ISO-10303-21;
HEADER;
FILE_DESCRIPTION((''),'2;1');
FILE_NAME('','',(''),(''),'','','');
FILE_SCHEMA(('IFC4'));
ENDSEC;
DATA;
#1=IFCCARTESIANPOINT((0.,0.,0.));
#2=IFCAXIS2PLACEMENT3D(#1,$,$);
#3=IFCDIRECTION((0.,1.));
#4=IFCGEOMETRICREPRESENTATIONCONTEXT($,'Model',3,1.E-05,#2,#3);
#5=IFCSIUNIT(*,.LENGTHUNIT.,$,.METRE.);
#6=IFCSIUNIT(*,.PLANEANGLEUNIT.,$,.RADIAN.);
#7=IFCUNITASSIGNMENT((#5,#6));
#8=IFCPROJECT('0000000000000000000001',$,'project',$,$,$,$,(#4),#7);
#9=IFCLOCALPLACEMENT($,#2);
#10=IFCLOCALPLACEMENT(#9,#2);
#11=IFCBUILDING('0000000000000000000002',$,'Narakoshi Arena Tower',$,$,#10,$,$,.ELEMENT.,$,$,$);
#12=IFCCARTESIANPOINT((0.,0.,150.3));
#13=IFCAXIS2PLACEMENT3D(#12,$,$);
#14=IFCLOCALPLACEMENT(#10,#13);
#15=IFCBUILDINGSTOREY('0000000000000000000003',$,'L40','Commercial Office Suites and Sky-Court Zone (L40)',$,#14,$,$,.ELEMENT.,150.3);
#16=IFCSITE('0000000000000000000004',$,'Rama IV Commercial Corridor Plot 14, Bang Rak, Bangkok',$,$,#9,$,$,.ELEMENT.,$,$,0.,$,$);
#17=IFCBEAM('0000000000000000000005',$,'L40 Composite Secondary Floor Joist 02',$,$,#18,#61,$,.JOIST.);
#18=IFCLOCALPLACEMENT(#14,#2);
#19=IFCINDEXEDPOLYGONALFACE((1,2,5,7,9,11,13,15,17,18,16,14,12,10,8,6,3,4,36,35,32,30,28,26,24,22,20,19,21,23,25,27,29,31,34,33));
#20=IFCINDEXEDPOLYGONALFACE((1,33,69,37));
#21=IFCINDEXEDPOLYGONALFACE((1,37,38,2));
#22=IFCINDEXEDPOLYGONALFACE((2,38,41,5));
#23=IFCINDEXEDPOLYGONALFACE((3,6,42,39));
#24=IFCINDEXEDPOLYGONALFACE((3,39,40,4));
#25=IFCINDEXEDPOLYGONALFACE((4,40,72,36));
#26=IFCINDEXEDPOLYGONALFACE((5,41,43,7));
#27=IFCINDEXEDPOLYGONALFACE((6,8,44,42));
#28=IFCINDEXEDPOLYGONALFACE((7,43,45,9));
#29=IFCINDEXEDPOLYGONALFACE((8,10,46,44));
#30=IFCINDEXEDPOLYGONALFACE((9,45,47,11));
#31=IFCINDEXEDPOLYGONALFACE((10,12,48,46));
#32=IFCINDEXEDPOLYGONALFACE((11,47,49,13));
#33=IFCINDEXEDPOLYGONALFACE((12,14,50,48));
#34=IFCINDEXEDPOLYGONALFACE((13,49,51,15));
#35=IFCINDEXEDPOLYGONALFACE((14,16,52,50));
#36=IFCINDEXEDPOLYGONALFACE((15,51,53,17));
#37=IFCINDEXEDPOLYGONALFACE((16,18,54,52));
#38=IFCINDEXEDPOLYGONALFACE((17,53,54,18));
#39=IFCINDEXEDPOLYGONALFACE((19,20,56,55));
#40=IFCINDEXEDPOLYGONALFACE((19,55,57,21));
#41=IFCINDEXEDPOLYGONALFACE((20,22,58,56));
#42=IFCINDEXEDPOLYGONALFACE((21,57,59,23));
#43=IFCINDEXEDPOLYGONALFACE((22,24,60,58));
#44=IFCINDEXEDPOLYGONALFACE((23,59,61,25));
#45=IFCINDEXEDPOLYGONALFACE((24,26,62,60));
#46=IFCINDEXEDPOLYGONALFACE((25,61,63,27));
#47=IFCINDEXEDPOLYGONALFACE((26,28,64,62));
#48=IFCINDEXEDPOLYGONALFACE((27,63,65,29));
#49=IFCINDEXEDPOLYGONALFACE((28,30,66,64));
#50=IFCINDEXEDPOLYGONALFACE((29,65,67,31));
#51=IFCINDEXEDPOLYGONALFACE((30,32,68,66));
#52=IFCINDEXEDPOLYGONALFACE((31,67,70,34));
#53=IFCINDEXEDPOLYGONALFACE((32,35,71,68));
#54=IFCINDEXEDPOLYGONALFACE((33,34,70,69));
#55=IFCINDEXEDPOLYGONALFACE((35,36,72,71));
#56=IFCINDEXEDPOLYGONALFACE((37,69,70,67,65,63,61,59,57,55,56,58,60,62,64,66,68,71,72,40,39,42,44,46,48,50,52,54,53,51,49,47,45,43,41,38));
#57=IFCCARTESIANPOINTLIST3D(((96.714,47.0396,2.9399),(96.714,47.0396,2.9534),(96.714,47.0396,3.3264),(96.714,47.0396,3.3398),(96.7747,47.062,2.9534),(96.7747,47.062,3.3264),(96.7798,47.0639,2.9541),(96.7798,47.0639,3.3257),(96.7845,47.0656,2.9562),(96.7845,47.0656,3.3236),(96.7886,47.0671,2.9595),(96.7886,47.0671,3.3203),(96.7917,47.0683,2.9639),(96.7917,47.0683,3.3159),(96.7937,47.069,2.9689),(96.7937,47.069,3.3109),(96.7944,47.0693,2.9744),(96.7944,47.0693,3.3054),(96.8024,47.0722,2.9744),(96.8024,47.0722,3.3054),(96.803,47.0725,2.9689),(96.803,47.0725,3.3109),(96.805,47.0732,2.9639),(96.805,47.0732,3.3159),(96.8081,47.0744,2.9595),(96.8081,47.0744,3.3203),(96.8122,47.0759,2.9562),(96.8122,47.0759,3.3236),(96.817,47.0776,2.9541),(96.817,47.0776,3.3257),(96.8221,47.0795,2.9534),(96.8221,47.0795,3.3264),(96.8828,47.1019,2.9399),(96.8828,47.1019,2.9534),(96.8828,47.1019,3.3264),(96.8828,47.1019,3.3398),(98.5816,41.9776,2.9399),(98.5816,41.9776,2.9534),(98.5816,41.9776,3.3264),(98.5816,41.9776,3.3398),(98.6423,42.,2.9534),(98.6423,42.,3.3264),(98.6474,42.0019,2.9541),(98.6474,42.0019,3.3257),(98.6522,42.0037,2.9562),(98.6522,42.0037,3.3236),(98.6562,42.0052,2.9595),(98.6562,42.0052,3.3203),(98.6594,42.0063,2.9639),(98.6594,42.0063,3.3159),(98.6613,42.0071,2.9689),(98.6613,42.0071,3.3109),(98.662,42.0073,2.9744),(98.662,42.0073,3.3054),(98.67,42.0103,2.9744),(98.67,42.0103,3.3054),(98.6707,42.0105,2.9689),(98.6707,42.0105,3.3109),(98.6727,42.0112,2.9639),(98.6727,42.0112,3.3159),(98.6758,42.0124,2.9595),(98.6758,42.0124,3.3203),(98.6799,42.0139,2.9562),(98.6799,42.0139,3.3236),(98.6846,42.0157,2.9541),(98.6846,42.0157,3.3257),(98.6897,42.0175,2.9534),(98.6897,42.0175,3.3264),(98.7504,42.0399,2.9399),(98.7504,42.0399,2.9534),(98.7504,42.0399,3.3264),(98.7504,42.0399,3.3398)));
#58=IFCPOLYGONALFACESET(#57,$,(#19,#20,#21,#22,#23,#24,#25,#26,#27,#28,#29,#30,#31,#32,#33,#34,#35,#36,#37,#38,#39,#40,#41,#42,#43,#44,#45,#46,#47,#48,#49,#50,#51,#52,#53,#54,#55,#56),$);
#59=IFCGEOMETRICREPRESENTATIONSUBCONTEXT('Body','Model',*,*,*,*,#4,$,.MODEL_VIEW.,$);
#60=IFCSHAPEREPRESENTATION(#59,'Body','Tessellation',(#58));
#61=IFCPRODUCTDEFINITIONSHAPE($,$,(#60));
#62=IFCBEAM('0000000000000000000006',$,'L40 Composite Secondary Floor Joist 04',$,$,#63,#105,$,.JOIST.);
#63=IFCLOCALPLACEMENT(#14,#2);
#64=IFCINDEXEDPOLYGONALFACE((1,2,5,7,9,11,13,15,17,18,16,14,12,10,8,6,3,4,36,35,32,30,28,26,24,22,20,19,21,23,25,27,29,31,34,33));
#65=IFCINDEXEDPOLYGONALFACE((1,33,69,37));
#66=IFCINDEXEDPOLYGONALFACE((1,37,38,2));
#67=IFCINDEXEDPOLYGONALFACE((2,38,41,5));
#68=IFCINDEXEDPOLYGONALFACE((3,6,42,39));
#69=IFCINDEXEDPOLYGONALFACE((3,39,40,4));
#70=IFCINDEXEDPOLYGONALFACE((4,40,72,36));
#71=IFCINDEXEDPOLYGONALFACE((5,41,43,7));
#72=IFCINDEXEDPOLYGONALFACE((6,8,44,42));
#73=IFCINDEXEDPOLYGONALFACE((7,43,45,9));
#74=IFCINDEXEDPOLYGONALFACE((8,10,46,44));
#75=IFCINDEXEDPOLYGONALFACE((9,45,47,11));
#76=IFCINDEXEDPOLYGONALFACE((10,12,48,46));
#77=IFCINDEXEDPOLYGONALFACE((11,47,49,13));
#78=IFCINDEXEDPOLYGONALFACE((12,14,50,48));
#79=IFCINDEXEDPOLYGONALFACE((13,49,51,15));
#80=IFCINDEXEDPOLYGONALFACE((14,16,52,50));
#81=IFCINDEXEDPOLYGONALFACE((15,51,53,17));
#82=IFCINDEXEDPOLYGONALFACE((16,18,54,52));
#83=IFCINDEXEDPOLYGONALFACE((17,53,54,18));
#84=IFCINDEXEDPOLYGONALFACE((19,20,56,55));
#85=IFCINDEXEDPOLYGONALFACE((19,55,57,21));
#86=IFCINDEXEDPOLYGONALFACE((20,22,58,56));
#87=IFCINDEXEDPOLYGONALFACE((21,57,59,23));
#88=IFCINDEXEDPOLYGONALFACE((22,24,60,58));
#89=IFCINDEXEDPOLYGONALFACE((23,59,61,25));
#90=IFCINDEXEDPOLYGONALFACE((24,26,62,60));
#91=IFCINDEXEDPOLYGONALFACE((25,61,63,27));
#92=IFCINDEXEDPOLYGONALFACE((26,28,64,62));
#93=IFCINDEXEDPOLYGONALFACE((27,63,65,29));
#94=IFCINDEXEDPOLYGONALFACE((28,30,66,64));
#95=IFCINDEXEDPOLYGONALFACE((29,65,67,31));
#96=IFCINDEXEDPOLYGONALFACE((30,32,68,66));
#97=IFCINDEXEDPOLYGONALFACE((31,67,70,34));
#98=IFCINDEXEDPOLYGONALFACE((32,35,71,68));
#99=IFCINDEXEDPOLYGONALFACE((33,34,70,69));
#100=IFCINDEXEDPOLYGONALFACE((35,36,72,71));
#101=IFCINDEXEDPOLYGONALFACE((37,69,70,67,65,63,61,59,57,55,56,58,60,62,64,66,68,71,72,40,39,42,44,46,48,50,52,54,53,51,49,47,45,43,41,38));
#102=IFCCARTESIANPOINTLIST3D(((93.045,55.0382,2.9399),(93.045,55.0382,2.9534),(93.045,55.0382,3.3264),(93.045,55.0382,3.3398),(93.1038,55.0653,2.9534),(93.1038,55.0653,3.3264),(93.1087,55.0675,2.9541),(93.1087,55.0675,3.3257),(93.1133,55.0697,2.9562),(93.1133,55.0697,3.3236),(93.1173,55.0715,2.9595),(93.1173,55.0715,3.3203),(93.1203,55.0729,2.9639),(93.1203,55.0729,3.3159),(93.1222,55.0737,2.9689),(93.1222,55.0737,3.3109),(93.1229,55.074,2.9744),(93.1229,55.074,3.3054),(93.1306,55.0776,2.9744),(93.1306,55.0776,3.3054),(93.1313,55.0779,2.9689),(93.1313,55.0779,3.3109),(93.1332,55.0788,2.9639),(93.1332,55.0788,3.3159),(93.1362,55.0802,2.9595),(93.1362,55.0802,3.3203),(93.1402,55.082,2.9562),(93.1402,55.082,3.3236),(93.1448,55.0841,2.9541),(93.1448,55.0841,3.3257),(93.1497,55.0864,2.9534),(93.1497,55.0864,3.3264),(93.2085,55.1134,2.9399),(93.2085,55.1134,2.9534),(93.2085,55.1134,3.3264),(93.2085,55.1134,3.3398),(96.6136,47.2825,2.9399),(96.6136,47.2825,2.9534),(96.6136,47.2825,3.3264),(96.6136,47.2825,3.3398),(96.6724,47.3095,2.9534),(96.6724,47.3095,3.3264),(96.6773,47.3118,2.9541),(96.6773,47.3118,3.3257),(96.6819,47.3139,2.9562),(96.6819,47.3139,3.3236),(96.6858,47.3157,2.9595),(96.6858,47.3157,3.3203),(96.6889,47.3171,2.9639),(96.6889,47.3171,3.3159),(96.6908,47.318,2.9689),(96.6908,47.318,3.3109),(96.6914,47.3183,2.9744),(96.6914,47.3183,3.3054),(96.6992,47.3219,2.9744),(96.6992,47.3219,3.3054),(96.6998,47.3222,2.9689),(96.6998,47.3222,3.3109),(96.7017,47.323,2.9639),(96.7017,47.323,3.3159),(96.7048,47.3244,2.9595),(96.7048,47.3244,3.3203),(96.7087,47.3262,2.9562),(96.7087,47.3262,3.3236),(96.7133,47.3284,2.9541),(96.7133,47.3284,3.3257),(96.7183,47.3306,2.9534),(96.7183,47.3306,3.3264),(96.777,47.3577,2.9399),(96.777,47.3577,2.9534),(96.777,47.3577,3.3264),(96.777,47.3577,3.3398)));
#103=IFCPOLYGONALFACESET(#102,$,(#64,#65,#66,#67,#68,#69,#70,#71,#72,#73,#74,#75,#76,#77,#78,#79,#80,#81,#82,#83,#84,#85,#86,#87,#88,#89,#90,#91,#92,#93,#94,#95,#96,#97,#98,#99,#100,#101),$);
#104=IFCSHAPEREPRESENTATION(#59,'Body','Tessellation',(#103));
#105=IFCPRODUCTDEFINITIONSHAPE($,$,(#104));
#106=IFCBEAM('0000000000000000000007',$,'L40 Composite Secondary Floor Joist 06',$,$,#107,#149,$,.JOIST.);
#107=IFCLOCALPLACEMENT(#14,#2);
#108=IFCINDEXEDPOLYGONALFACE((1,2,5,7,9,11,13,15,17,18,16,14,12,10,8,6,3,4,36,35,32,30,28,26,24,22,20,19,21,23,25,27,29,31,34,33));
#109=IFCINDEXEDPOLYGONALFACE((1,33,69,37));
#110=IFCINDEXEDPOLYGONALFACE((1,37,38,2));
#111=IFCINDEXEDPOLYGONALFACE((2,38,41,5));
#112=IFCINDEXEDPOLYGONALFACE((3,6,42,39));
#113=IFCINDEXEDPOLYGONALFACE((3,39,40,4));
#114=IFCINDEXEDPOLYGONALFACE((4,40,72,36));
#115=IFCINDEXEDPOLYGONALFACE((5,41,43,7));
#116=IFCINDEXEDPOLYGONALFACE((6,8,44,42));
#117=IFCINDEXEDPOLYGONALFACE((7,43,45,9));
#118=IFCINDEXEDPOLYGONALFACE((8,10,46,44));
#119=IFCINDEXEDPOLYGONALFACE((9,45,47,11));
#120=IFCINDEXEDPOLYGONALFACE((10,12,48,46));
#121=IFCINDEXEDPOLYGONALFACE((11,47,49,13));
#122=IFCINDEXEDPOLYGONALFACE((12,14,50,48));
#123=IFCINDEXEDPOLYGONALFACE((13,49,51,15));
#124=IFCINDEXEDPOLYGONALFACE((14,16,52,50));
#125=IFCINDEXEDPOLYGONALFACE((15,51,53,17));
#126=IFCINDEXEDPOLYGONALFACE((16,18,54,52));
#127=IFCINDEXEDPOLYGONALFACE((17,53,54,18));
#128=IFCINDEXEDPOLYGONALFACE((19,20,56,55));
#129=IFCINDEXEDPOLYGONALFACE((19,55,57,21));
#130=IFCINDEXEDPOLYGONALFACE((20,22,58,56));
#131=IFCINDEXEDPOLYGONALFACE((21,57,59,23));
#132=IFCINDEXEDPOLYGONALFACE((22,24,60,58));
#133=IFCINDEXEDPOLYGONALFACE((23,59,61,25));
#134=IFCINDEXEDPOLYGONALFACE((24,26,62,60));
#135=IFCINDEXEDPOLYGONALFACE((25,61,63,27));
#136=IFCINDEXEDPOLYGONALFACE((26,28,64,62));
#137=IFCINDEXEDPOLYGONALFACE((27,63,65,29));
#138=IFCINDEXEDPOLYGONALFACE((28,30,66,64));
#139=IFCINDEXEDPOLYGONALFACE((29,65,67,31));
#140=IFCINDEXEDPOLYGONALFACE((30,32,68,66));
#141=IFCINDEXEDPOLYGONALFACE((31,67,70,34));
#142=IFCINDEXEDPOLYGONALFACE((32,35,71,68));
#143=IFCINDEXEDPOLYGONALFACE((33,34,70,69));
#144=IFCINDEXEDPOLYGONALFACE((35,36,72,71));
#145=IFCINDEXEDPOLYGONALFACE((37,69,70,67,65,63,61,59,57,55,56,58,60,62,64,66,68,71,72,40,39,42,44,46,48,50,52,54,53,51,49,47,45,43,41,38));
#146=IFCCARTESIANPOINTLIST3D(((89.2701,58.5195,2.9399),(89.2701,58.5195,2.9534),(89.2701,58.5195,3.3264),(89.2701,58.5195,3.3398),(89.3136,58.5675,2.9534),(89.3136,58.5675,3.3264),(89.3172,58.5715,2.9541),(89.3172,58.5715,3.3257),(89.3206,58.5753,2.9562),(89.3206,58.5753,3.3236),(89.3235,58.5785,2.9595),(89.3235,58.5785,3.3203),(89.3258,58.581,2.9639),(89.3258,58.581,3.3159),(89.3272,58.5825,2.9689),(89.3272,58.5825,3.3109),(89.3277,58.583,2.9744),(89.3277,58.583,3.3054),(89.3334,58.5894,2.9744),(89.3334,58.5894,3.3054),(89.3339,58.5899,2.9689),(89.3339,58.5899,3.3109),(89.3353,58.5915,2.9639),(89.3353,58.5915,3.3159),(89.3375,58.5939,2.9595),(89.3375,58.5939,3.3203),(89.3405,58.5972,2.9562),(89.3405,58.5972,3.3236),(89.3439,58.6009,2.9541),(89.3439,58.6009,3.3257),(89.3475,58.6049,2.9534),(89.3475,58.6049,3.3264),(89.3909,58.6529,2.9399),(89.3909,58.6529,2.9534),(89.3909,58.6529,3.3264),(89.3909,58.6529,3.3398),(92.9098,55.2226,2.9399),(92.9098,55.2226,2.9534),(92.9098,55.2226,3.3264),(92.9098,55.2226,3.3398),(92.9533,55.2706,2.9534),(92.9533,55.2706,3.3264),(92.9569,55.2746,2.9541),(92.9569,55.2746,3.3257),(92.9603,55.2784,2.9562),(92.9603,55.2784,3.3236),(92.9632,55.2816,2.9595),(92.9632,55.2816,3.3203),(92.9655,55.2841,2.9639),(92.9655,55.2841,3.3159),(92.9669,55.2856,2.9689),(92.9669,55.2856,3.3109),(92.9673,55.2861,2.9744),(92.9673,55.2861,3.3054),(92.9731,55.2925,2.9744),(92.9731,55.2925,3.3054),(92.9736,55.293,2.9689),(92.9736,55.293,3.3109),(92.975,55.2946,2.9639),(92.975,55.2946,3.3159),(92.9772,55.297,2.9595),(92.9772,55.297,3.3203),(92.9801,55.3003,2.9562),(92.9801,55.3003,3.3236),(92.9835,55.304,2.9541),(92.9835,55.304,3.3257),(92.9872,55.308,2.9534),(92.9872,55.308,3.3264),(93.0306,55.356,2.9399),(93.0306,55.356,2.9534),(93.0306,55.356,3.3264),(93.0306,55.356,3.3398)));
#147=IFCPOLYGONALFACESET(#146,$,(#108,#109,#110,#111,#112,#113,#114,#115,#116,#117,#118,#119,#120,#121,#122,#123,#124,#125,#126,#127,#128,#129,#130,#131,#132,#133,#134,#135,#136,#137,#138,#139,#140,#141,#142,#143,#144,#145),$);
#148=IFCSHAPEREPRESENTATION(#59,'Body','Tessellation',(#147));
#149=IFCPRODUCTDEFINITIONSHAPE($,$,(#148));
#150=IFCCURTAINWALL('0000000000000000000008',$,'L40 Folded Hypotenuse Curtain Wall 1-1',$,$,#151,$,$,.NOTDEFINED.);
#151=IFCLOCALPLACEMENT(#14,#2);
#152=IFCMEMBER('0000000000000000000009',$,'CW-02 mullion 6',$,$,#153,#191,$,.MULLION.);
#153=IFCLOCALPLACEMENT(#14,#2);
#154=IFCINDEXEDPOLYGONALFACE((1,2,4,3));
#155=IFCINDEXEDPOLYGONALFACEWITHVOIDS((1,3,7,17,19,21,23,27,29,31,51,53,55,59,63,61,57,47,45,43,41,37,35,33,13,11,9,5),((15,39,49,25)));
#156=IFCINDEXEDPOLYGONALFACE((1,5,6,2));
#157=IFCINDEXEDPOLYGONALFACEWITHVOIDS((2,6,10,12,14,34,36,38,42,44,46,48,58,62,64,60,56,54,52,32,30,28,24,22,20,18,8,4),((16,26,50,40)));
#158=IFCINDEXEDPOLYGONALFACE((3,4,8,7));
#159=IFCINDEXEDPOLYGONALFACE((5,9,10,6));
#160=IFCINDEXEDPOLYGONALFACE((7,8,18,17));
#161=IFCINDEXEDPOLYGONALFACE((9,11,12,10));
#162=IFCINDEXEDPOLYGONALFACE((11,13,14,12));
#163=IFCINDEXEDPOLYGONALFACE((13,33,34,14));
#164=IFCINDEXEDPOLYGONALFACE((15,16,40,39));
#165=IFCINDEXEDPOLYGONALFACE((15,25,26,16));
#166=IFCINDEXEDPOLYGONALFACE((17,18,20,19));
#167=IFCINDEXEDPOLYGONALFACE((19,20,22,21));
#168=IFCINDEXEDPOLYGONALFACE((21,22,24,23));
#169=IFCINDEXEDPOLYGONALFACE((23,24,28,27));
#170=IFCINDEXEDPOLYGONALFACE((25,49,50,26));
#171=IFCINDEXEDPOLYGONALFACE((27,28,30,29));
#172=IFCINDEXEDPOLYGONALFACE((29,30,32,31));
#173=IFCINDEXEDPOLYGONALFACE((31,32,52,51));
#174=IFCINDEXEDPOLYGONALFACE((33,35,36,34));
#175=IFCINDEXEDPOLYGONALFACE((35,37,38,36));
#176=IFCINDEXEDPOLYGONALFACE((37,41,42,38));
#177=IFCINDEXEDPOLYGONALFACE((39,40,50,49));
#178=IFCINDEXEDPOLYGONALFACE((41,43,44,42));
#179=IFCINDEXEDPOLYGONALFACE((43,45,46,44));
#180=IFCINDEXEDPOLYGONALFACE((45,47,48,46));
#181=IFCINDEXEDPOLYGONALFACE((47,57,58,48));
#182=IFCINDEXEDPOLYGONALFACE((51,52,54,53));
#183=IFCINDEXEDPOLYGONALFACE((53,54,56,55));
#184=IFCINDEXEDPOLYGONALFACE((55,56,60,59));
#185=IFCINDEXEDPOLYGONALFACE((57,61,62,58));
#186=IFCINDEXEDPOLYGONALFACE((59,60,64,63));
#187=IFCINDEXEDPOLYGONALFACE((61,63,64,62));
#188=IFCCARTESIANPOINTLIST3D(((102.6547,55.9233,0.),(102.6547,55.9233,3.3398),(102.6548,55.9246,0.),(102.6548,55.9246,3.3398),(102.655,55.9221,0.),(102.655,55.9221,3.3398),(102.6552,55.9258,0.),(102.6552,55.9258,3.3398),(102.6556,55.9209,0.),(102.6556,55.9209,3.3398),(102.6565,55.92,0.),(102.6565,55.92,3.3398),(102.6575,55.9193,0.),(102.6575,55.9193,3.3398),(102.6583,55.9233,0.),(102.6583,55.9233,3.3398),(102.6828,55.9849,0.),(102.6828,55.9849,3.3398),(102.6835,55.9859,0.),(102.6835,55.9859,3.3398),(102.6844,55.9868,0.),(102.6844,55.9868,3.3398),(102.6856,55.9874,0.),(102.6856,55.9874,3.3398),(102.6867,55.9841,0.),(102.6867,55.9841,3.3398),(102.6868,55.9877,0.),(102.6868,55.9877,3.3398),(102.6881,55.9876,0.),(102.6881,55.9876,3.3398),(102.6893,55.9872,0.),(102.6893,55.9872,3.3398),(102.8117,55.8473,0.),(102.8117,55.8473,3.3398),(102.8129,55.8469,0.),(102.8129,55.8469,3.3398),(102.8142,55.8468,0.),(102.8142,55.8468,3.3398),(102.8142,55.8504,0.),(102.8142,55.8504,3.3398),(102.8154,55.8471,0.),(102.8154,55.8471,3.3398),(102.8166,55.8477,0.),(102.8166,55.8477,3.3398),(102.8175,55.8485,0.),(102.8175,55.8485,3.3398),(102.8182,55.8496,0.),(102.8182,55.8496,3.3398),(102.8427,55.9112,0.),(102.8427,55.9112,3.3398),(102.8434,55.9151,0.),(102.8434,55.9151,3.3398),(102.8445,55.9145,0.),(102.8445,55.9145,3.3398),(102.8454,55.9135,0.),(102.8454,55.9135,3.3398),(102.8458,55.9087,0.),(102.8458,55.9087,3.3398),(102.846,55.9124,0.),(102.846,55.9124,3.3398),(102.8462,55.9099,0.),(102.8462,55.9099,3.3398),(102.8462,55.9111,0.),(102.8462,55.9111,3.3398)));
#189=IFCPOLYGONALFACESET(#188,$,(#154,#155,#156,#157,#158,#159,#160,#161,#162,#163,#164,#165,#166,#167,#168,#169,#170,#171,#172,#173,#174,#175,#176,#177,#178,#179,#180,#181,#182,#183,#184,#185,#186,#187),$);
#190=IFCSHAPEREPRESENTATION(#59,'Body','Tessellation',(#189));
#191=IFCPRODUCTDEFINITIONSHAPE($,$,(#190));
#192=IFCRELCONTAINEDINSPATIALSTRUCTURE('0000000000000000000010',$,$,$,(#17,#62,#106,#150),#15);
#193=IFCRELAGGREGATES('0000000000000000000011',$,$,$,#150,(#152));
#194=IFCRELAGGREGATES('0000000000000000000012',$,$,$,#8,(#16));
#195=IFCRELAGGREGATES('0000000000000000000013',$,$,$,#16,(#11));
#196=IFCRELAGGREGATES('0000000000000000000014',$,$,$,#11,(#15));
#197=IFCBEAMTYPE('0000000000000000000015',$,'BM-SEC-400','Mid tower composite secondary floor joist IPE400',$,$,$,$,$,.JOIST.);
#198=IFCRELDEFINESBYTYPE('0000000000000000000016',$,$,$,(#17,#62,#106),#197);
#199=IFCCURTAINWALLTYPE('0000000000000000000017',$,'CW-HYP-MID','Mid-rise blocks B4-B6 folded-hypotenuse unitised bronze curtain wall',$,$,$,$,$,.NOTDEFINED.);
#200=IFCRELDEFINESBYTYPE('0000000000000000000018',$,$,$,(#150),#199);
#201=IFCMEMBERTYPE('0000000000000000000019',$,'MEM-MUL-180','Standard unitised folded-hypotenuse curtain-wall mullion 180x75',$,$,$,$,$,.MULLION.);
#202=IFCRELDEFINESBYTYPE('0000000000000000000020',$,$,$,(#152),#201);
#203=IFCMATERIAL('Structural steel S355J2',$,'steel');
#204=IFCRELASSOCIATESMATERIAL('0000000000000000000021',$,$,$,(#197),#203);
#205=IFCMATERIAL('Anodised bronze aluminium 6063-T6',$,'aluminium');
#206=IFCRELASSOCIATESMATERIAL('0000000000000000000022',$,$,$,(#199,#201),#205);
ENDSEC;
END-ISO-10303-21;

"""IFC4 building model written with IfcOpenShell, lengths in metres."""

from ifc_helpers import new_model, si_unit, direction, frame, origin, origin_2d, place, context, subcontext, project, spatial, hollow_rectangle, i_section, extrude, material, material_profile, profile_set, type_object, element, aggregate, save


model = new_model("IFC4")

# Units and contexts
model_context = context("Model", 3, precision=1e-05, world=origin(), true_north=direction((0.0, 1.0)))
body_context = subcontext(model_context, "Body", "Model", "MODEL_VIEW")
ifc_project = project(units=[si_unit("LENGTHUNIT", "METRE"), si_unit("PLANEANGLEUNIT", "RADIAN")], contexts=[model_context])

# Site, building, storey
site_placement = place(None, origin())
site = spatial("IfcSite", under=ifc_project, at=site_placement, Name="Rama IV Commercial Corridor Plot 14, Bang Rak, Bangkok", CompositionType="ELEMENT", RefElevation=0.0)
building_placement = place(site_placement, origin())
building = spatial("IfcBuilding", under=site, at=building_placement, Name="Narakoshi Arena Tower", CompositionType="ELEMENT")
storey_placement = place(building_placement, frame((0.0, 0.0, 150.3)))
storey = spatial("IfcBuildingStorey", under=building, at=storey_placement, Name="L40", Description="Commercial Office Suites and Sky-Court Zone (L40)", CompositionType="ELEMENT", Elevation=150.3)

# Beams
ifc_material_1 = material(Name="Structural steel S355J2", Category="steel")
ifc_material_profile_1 = material_profile(ifc_material_1, i_section(OverallWidth=0.1799, OverallDepth=0.3999, WebThickness=0.0085, FlangeThickness=0.0134, FilletRadius=0.021, at=origin_2d()), Name="IPE400")
ifc_profile_set_1 = profile_set([ifc_material_profile_1], Name="Structural steel S355J2")
beam_type_1 = type_object("IfcBeamType", Name="BM-SEC-400", Description="Mid tower composite secondary floor joist IPE400", PredefinedType="JOIST", material=ifc_profile_set_1)
beam_1_placement = place(storey_placement, frame((98.666, 42.0088, 3.1399), z_axis=(-0.34615, 0.938179, 0.0), x_axis=(-0.938179, -0.34615, 0.0)))
element("IfcBeam", 1, at=beam_1_placement, inside=storey, type_object=beam_type_1, Name="L40 Composite Secondary Floor Joist 02", PredefinedType="JOIST", context=body_context, shape_type="SweptSolid", body=[
    extrude(i_section(OverallWidth=0.1799, OverallDepth=0.3999, WebThickness=0.0085, FlangeThickness=0.0134, FilletRadius=0.021, at=origin_2d()), origin(), (0.0, 0.0, 1.0), 5.3955),
])
beam_2_placement = place(storey_placement, frame((96.6953, 47.3201, 3.1399), z_axis=(-0.417993, 0.90845, 0.0), x_axis=(-0.90845, -0.417993, 0.0)))
element("IfcBeam", 2, at=beam_2_placement, inside=storey, type_object=beam_type_1, Name="L40 Composite Secondary Floor Joist 04", PredefinedType="JOIST", context=body_context, shape_type="SweptSolid", body=[
    extrude(i_section(OverallWidth=0.1799, OverallDepth=0.3999, WebThickness=0.0085, FlangeThickness=0.0134, FilletRadius=0.021, at=origin_2d()), origin(), (0.0, 0.0, 1.0), 8.5374),
])
beam_3_placement = place(storey_placement, frame((92.9702, 55.2893, 3.1399), z_axis=(-0.741145, 0.671345, 0.0), x_axis=(-0.671345, -0.741145, 0.0)))
element("IfcBeam", 3, at=beam_3_placement, inside=storey, type_object=beam_type_1, Name="L40 Composite Secondary Floor Joist 06", PredefinedType="JOIST", context=body_context, shape_type="SweptSolid", body=[
    extrude(i_section(OverallWidth=0.1799, OverallDepth=0.3999, WebThickness=0.0085, FlangeThickness=0.0134, FilletRadius=0.021, at=origin_2d()), origin(), (0.0, 0.0, 1.0), 4.9109),
])

# Curtain wall, member
ifc_material_2 = material(Name="Anodised bronze aluminium 6063-T6", Category="aluminium")
curtain_wall_type = type_object("IfcCurtainWallType", Name="CW-HYP-MID", Description="Mid-rise blocks B4-B6 folded-hypotenuse unitised bronze curtain wall", PredefinedType="NOTDEFINED", material=ifc_material_2)
curtain_wall_placement = place(storey_placement, origin())
curtain_wall = element("IfcCurtainWall", 4, at=curtain_wall_placement, inside=storey, type_object=curtain_wall_type, Name="L40 Folded Hypotenuse Curtain Wall 1-1", PredefinedType="NOTDEFINED")
ifc_material_profile_2 = material_profile(ifc_material_2, hollow_rectangle(XDim=0.075, YDim=0.1799, WallThickness=0.0039, OuterFilletRadius=0.0049, at=origin_2d()), Name="MUL180x75x4")
ifc_profile_set_2 = profile_set([ifc_material_profile_2], Name="Anodised bronze aluminium 6063-T6")
member_type_1 = type_object("IfcMemberType", Name="MEM-MUL-180", Description="Standard unitised folded-hypotenuse curtain-wall mullion 180x75", PredefinedType="MULLION", material=ifc_profile_set_2)
member_1_placement = place(storey_placement, frame((102.7505, 55.9172, 0.0), z_axis=(0.0, 0.0, 1.0), x_axis=(-0.423532, -0.905881, 0.0)))
member_1 = element("IfcMember", 5, at=member_1_placement, type_object=member_type_1, Name="CW-02 mullion 6", PredefinedType="MULLION", context=body_context, shape_type="SweptSolid", body=[
    extrude(hollow_rectangle(XDim=0.075, YDim=0.1799, WallThickness=0.0039, OuterFilletRadius=0.0049, at=origin_2d()), origin(), (0.0, 0.0, 1.0), 3.3398),
])
aggregate(curtain_wall, [member_1])

save(model, "model.ifc")
